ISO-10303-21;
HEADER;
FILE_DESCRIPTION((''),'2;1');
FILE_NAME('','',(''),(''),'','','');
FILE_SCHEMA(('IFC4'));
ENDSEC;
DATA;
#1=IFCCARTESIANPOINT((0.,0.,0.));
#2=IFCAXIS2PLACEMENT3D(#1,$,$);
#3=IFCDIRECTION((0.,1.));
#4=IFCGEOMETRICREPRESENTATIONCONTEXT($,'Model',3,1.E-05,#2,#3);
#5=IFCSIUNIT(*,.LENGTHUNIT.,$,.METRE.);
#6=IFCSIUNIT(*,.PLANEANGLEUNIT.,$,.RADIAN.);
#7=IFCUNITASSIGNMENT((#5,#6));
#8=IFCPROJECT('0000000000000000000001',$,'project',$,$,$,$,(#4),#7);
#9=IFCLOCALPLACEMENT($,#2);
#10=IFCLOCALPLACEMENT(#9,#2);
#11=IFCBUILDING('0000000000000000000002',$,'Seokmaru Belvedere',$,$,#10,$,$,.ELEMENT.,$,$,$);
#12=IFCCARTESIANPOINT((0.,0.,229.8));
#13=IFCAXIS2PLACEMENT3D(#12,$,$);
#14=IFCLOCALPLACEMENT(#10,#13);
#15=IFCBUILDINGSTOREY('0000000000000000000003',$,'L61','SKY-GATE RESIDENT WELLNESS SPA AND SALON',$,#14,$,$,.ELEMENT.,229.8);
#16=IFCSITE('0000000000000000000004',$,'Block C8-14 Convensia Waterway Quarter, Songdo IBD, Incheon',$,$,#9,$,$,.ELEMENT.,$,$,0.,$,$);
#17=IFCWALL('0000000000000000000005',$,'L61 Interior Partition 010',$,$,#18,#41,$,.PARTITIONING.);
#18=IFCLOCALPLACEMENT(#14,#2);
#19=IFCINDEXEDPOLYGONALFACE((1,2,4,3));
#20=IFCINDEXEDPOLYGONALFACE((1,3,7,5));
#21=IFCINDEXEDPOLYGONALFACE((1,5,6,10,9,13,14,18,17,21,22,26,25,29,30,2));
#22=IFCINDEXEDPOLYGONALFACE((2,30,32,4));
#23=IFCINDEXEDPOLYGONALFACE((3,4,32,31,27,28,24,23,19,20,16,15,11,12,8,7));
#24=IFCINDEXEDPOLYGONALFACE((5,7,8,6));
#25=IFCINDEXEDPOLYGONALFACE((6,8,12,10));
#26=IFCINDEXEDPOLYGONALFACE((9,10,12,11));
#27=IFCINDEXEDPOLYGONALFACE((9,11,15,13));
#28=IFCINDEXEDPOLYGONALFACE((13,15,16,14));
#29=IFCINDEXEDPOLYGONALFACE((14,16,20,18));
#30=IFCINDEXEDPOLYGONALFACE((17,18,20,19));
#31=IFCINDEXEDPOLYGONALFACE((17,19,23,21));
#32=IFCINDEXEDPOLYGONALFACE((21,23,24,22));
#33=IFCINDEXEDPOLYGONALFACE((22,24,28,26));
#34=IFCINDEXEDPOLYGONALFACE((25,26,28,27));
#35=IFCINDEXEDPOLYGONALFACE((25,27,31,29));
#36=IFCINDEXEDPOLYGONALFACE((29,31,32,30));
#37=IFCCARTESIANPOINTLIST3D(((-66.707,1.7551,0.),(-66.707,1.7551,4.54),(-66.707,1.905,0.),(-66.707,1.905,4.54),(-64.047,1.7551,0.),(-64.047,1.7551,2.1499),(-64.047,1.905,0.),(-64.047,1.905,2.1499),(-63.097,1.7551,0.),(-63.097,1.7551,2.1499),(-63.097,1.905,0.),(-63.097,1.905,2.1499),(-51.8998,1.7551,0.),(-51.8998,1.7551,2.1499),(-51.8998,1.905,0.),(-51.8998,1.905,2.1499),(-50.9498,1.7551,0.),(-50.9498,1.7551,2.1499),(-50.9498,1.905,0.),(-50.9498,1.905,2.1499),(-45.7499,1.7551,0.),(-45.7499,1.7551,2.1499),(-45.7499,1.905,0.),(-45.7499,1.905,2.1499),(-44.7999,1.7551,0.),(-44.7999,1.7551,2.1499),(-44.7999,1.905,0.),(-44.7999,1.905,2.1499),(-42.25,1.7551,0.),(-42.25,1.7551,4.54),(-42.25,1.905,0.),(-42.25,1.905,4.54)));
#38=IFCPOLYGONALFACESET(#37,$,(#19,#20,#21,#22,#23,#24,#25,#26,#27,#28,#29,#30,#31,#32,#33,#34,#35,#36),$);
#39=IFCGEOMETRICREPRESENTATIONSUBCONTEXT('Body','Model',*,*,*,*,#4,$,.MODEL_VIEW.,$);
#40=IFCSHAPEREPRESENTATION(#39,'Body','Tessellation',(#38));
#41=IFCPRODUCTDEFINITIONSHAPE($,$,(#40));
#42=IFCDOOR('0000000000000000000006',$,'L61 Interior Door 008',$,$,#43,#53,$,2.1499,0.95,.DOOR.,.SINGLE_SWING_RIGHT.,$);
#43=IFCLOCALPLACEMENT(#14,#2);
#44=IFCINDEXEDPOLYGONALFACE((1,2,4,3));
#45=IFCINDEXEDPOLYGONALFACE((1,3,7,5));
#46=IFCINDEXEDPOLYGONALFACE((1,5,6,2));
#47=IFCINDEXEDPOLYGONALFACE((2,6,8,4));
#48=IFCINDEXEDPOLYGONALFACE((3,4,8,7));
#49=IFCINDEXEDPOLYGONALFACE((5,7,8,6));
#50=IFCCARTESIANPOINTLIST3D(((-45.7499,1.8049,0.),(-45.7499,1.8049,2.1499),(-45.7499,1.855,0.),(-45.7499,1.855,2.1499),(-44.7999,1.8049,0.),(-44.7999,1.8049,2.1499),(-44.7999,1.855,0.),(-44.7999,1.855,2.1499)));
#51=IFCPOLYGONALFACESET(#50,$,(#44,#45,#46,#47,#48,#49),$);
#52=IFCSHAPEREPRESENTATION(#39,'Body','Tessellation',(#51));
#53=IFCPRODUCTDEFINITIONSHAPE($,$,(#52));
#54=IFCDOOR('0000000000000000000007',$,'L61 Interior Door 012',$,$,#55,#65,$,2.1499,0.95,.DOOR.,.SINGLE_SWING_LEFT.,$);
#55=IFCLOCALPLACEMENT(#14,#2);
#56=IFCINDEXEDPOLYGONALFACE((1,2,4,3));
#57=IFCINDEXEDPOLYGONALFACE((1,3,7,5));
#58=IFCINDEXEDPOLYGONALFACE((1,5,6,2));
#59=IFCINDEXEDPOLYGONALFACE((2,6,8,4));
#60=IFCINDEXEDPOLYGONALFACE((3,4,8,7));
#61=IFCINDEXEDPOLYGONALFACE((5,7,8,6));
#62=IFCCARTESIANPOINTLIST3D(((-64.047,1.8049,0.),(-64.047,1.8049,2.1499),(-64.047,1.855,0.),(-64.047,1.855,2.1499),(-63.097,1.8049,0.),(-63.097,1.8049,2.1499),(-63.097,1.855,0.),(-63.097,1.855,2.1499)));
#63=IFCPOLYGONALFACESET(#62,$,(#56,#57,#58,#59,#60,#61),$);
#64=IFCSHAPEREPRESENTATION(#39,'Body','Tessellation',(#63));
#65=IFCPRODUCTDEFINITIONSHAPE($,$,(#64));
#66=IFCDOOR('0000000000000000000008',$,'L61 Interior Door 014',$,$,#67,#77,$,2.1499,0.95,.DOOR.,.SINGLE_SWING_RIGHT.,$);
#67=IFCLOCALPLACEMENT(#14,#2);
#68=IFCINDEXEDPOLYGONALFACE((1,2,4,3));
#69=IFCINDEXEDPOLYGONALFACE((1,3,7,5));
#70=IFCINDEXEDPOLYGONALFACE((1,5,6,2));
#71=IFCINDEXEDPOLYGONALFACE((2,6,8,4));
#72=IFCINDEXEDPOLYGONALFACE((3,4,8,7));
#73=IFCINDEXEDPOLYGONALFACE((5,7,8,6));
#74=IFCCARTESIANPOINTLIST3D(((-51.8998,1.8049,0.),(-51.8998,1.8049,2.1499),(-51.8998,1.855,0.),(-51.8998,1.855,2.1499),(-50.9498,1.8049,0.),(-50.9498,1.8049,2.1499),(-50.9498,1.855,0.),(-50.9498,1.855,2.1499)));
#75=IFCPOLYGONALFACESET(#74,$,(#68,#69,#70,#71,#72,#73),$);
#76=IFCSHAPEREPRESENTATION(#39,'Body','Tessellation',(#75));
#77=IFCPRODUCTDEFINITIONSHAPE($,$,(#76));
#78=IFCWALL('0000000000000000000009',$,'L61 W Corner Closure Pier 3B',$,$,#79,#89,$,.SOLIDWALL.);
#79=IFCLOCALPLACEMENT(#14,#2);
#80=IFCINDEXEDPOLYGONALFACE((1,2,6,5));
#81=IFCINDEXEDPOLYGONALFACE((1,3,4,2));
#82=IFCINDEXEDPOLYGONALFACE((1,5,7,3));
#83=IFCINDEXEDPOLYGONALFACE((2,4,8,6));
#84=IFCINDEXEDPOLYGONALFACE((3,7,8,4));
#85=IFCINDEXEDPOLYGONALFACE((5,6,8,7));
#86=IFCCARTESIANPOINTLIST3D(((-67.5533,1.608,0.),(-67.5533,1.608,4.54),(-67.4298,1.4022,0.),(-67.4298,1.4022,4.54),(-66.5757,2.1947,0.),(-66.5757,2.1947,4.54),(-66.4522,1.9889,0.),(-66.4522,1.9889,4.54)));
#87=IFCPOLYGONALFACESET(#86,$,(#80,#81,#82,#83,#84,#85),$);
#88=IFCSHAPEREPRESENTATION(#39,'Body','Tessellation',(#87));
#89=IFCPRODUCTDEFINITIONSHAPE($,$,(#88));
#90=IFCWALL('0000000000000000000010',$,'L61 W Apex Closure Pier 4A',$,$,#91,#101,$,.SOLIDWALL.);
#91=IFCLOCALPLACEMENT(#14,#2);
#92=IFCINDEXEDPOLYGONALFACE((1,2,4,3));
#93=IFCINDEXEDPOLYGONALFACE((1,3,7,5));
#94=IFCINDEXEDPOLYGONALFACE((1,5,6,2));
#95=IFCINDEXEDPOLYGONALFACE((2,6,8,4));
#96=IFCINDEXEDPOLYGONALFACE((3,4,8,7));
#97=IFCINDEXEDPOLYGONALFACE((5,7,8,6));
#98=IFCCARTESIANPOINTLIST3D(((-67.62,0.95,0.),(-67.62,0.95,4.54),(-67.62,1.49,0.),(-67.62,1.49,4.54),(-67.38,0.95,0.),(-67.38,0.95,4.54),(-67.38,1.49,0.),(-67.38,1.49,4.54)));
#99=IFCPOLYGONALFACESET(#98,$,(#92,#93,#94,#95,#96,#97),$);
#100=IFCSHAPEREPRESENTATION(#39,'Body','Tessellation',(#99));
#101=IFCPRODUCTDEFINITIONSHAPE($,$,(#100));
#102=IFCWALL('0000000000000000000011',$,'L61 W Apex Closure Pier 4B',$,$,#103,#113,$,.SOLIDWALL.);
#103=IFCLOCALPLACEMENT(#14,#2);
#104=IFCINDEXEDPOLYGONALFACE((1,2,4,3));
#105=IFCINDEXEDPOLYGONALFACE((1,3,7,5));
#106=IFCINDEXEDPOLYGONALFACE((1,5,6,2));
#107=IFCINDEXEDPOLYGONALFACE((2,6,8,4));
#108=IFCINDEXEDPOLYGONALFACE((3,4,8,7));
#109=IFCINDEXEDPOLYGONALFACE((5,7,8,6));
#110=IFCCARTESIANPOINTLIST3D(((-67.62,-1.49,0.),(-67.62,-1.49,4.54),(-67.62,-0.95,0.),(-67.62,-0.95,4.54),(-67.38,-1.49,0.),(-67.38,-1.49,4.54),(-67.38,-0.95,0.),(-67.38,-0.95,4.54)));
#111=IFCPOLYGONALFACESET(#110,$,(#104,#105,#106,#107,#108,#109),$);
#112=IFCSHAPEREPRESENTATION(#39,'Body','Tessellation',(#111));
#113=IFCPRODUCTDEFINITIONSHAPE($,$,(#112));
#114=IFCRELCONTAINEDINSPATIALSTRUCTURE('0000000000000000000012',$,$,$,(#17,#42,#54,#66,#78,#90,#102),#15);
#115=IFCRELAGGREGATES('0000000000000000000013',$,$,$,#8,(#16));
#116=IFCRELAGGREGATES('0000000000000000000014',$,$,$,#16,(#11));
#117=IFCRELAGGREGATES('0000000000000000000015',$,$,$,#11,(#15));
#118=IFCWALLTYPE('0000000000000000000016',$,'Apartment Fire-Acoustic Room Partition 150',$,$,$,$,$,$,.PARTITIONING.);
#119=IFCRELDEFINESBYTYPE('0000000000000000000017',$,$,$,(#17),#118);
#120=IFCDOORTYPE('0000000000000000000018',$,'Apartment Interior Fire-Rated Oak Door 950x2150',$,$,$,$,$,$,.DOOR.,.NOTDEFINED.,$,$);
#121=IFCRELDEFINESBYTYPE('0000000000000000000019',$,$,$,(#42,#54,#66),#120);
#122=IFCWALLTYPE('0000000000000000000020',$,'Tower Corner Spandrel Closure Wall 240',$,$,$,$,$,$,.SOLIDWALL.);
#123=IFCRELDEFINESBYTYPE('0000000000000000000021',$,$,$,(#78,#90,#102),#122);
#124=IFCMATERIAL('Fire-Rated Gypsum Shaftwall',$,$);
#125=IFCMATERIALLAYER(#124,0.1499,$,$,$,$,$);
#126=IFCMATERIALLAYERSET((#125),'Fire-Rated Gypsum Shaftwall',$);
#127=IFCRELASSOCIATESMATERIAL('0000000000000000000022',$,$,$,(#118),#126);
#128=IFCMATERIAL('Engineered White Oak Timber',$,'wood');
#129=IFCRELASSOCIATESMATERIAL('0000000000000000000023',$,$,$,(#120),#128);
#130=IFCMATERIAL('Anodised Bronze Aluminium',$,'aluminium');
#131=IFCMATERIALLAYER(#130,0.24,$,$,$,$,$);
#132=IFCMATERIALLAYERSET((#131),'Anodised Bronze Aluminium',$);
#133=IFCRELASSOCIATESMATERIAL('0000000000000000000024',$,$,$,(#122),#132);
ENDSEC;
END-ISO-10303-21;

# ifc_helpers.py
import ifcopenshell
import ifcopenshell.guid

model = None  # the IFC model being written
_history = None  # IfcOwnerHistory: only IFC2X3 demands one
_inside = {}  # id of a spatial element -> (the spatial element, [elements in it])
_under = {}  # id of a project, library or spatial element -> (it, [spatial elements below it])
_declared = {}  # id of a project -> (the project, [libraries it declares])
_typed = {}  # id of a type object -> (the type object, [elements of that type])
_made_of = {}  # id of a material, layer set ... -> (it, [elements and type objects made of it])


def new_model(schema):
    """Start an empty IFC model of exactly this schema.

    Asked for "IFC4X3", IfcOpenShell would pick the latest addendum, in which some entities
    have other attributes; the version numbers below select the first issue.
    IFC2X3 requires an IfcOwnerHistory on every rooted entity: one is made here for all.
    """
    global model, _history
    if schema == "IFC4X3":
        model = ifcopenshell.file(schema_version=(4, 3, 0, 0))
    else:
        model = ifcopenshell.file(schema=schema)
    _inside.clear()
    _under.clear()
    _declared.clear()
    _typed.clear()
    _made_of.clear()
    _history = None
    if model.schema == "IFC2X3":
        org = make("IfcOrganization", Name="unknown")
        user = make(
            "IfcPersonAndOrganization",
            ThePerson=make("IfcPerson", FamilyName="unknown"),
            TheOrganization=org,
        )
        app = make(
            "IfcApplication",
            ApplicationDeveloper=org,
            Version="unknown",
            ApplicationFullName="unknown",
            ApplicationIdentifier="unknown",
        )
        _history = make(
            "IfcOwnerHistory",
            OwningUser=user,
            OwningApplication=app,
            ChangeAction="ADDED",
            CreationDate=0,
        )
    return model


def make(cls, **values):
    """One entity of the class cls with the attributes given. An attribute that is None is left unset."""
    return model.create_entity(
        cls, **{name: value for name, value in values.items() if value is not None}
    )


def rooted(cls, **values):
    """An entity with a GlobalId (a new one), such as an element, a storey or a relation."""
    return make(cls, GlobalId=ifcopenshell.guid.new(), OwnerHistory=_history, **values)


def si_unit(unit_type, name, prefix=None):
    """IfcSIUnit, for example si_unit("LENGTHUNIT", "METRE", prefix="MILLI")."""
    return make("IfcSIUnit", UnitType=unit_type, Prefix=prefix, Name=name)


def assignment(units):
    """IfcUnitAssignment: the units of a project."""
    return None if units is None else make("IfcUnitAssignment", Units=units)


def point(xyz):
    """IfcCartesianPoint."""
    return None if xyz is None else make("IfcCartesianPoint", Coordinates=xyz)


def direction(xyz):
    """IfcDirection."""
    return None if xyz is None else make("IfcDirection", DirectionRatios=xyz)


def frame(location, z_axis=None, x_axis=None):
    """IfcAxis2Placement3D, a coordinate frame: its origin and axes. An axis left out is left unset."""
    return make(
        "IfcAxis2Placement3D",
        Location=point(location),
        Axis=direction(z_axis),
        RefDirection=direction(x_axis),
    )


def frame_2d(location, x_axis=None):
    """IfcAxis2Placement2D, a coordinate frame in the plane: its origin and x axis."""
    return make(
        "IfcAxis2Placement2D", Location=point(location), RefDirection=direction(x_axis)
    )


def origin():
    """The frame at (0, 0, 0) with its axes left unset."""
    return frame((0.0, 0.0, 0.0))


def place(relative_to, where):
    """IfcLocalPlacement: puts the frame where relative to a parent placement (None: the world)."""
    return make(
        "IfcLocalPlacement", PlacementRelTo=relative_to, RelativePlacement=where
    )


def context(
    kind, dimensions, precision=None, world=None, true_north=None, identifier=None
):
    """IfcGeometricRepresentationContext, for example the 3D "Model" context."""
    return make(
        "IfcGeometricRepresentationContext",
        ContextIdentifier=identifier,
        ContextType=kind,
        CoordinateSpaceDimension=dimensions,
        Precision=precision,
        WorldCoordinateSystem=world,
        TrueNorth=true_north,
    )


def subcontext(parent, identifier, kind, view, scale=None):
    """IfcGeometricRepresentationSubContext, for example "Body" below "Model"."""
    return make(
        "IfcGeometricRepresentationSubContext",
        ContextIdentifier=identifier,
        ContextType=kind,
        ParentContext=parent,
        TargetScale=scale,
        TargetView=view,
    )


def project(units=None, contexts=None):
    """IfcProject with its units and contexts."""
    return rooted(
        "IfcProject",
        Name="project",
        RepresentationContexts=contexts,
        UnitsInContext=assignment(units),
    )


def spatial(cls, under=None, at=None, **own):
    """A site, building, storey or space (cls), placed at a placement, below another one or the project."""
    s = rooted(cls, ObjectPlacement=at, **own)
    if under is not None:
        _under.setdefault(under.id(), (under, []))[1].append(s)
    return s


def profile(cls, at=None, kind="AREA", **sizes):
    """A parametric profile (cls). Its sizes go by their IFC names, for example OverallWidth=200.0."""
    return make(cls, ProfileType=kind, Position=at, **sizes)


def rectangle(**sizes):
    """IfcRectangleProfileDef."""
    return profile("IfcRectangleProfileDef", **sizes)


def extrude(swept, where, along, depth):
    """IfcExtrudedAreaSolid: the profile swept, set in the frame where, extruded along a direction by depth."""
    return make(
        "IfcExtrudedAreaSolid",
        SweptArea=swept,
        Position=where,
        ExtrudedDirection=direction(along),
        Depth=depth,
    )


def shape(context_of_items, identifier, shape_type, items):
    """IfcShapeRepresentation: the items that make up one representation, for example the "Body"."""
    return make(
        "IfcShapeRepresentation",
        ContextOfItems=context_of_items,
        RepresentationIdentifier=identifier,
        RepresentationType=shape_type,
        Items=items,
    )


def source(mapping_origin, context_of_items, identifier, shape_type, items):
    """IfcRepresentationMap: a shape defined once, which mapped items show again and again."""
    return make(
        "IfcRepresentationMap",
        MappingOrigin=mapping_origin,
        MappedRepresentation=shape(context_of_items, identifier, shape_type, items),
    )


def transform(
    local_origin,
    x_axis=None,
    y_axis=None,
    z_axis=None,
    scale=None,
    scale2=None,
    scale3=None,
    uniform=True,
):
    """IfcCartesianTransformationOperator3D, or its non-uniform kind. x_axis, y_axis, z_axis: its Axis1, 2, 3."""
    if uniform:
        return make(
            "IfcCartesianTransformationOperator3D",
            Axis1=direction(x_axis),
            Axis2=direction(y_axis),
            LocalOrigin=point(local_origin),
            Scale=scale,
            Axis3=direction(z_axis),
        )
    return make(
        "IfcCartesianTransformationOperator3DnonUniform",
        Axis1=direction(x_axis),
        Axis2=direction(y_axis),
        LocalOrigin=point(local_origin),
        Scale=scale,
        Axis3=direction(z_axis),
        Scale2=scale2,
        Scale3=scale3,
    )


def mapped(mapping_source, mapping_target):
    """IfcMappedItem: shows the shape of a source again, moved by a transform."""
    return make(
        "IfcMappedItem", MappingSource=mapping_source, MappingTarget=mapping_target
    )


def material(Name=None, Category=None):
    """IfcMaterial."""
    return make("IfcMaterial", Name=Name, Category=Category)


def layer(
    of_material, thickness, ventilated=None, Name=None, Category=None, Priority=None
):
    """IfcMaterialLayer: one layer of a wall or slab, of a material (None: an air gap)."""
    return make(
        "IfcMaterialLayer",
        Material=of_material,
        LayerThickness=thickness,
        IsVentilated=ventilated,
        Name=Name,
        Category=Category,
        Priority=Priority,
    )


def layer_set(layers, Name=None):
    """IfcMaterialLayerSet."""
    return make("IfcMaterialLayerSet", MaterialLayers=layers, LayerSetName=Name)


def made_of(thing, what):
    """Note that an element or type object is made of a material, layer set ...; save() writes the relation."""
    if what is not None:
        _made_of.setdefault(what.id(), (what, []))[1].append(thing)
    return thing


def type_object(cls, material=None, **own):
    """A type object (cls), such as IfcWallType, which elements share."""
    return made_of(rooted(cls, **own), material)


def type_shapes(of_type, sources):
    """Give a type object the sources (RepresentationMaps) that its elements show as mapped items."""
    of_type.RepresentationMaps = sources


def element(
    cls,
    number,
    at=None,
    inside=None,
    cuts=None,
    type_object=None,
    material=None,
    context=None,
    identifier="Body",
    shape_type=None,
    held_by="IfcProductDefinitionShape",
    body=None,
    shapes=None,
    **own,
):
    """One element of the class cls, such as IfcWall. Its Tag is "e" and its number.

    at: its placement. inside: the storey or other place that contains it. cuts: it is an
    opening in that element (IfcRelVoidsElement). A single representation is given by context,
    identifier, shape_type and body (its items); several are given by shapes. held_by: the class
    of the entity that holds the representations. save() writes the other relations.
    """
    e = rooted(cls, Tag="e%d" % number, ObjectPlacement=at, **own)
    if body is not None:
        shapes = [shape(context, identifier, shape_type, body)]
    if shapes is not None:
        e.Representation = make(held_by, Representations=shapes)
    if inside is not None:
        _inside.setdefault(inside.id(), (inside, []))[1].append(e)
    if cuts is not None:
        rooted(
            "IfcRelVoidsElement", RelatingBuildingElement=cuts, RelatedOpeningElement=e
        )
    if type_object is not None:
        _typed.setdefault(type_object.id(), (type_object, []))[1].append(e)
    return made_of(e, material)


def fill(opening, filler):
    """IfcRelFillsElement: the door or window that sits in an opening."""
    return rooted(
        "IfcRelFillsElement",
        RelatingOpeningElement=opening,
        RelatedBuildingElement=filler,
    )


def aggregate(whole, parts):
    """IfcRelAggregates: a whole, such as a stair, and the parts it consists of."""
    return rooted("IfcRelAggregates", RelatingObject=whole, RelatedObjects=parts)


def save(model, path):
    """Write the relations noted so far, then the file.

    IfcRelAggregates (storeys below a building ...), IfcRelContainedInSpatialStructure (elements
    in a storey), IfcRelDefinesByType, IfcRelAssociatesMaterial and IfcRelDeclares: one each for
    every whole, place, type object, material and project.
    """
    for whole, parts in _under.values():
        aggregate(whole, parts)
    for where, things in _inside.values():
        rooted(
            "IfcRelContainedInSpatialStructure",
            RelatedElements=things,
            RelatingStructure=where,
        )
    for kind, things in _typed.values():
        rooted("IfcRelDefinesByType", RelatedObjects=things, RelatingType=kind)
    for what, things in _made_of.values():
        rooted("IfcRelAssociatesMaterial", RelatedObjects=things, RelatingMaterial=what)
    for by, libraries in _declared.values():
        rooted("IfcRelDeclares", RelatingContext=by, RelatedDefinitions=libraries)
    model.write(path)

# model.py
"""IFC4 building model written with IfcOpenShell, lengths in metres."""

from ifc_helpers import new_model, si_unit, direction, frame, frame_2d, origin, place, context, subcontext, project, spatial, rectangle, extrude, source, transform, mapped, material, layer, layer_set, type_object, type_shapes, element, fill, save


model = new_model("IFC4")

# Units and contexts
model_context = context("Model", 3, precision=1e-05, world=origin(), true_north=direction((0.0, 1.0)))
body_context = subcontext(model_context, "Body", "Model", "MODEL_VIEW")
ifc_project = project(units=[si_unit("LENGTHUNIT", "METRE"), si_unit("PLANEANGLEUNIT", "RADIAN")], contexts=[model_context])

# Site, building, storey
site_placement = place(None, origin())
site = spatial("IfcSite", under=ifc_project, at=site_placement, Name="Block C8-14 Convensia Waterway Quarter, Songdo IBD, Incheon", CompositionType="ELEMENT", RefElevation=0.0)
building_placement = place(site_placement, origin())
building = spatial("IfcBuilding", under=site, at=building_placement, Name="Seokmaru Belvedere", CompositionType="ELEMENT")
storey_placement = place(building_placement, frame((0.0, 0.0, 229.8)))
storey = spatial("IfcBuildingStorey", under=building, at=storey_placement, Name="L61", Description="SKY-GATE RESIDENT WELLNESS SPA AND SALON", CompositionType="ELEMENT", Elevation=229.8)

# Shared definitions
ifc_material_1 = material(Name="Anodised Bronze Aluminium", Category="aluminium")

# Wall, openings, doors
ifc_material_2 = material(Name="Fire-Rated Gypsum Shaftwall")
ifc_layer_1 = layer(ifc_material_2, 0.1499)
ifc_layer_set_1 = layer_set([ifc_layer_1], Name="Fire-Rated Gypsum Shaftwall")
wall_type_1 = type_object("IfcWallType", Name="Apartment Fire-Acoustic Room Partition 150", PredefinedType="PARTITIONING", material=ifc_layer_set_1)
wall_1_placement = place(storey_placement, frame((-66.707, 1.8301, 0.0), z_axis=(0.0, 0.0, 1.0), x_axis=(1.0, 0.0, 0.0)))
wall_1 = element("IfcWall", 1, at=wall_1_placement, inside=storey, type_object=wall_type_1, Name="L61 Interior Partition 010", PredefinedType="PARTITIONING", context=body_context, shape_type="SweptSolid", body=[
    extrude(rectangle(XDim=24.457, YDim=0.1499, at=frame_2d((12.2285, 0.0))), origin(), (0.0, 0.0, 1.0), 4.54),
])
opening_1_placement = place(wall_1_placement, frame((20.957, 0.0, 0.0)))
opening_1 = element("IfcOpeningElement", 2, at=opening_1_placement, cuts=wall_1, PredefinedType="OPENING", context=body_context, shape_type="SweptSolid", body=[
    extrude(rectangle(XDim=0.95, YDim=2.1499, at=frame_2d((0.4751, 1.075))), frame((0.0, 0.085, 0.0), z_axis=(0.0, -1.0, 0.0), x_axis=(1.0, 0.0, 0.0)), (0.0, 0.0, 1.0), 0.1699),
])
opening_2_placement = place(wall_1_placement, frame((2.6599, 0.0, 0.0)))
opening_2 = element("IfcOpeningElement", 3, at=opening_2_placement, cuts=wall_1, PredefinedType="OPENING", context=body_context, shape_type="SweptSolid", body=[
    extrude(rectangle(XDim=0.95, YDim=2.1499, at=frame_2d((0.4751, 1.075))), frame((0.0, 0.085, 0.0), z_axis=(0.0, -1.0, 0.0), x_axis=(1.0, 0.0, 0.0)), (0.0, 0.0, 1.0), 0.1699),
])
opening_3_placement = place(wall_1_placement, frame((14.8071, 0.0, 0.0)))
opening_3 = element("IfcOpeningElement", 4, at=opening_3_placement, cuts=wall_1, PredefinedType="OPENING", context=body_context, shape_type="SweptSolid", body=[
    extrude(rectangle(XDim=0.95, YDim=2.1499, at=frame_2d((0.4751, 1.075))), frame((0.0, 0.085, 0.0), z_axis=(0.0, -1.0, 0.0), x_axis=(1.0, 0.0, 0.0)), (0.0, 0.0, 1.0), 0.1699),
])
ifc_material_3 = material(Name="Engineered White Oak Timber", Category="wood")
door_type = type_object("IfcDoorType", Name="Apartment Interior Fire-Rated Oak Door 950x2150", OperationType="NOTDEFINED", PredefinedType="DOOR", material=ifc_material_3)
shared_shape_1 = source(origin(), body_context, "Body", "SweptSolid", [
    extrude(rectangle(XDim=0.95, YDim=2.1499, at=frame_2d((0.4751, 1.075))), frame((0.0, 0.0249, 0.0), z_axis=(0.0, -1.0, 0.0), x_axis=(1.0, 0.0, 0.0)), (0.0, 0.0, 1.0), 0.05),
])
type_shapes(door_type, [shared_shape_1])
door_1_placement = place(opening_1_placement, origin())
door_1 = element("IfcDoor", 5, at=door_1_placement, inside=storey, type_object=door_type, Name="L61 Interior Door 008", OperationType="SINGLE_SWING_RIGHT", OverallHeight=2.1499, OverallWidth=0.95, PredefinedType="DOOR", context=body_context, shape_type="MappedRepresentation", body=[
    mapped(shared_shape_1, transform((0.0, 0.0, 0.0), scale=1.0)),
])
fill(opening_1, door_1)
door_2_placement = place(opening_2_placement, origin())
door_2 = element("IfcDoor", 6, at=door_2_placement, inside=storey, type_object=door_type, Name="L61 Interior Door 012", OperationType="SINGLE_SWING_LEFT", OverallHeight=2.1499, OverallWidth=0.95, PredefinedType="DOOR", context=body_context, shape_type="MappedRepresentation", body=[
    mapped(shared_shape_1, transform((0.0, 0.0, 0.0), scale=1.0)),
])
fill(opening_2, door_2)
door_3_placement = place(opening_3_placement, origin())
door_3 = element("IfcDoor", 7, at=door_3_placement, inside=storey, type_object=door_type, Name="L61 Interior Door 014", OperationType="SINGLE_SWING_RIGHT", OverallHeight=2.1499, OverallWidth=0.95, PredefinedType="DOOR", context=body_context, shape_type="MappedRepresentation", body=[
    mapped(shared_shape_1, transform((0.0, 0.0, 0.0), scale=1.0)),
])
fill(opening_3, door_3)

# Walls
ifc_layer_2 = layer(ifc_material_1, 0.24)
ifc_layer_set_2 = layer_set([ifc_layer_2], Name="Anodised Bronze Aluminium")
wall_type_2 = type_object("IfcWallType", Name="Tower Corner Spandrel Closure Wall 240", PredefinedType="SOLIDWALL", material=ifc_layer_set_2)
wall_2_placement = place(storey_placement, frame((-66.5139, 2.0918, 0.0), z_axis=(0.0, 0.0, 1.0), x_axis=(-0.857436, -0.51459, 0.0)))
element("IfcWall", 8, at=wall_2_placement, inside=storey, type_object=wall_type_2, Name="L61 W Corner Closure Pier 3B", PredefinedType="SOLIDWALL", context=body_context, shape_type="SweptSolid", body=[
    extrude(rectangle(XDim=1.1401, YDim=0.24, at=frame_2d((0.5701, 0.0))), origin(), (0.0, 0.0, 1.0), 4.54),
])
for number, where, z_axis, x_axis, name in (
    (9, (-67.5, 1.49, 0.0), (0.0, 0.0, 1.0), (0.0, -1.0, 0.0), "L61 W Apex Closure Pier 4A"),
    (10, (-67.5, -0.95, 0.0), (0.0, 0.0, 1.0), (0.0, -1.0, 0.0), "L61 W Apex Closure Pier 4B"),
):
    element("IfcWall", number, at=place(storey_placement, frame(where, z_axis=z_axis, x_axis=x_axis)), inside=storey, type_object=wall_type_2, Name=name, PredefinedType="SOLIDWALL", context=body_context, shape_type="SweptSolid", body=[
        extrude(rectangle(XDim=0.54, YDim=0.24, at=frame_2d((0.27, 0.0))), origin(), (0.0, 0.0, 1.0), 4.54),
    ])

save(model, "model.ifc")
